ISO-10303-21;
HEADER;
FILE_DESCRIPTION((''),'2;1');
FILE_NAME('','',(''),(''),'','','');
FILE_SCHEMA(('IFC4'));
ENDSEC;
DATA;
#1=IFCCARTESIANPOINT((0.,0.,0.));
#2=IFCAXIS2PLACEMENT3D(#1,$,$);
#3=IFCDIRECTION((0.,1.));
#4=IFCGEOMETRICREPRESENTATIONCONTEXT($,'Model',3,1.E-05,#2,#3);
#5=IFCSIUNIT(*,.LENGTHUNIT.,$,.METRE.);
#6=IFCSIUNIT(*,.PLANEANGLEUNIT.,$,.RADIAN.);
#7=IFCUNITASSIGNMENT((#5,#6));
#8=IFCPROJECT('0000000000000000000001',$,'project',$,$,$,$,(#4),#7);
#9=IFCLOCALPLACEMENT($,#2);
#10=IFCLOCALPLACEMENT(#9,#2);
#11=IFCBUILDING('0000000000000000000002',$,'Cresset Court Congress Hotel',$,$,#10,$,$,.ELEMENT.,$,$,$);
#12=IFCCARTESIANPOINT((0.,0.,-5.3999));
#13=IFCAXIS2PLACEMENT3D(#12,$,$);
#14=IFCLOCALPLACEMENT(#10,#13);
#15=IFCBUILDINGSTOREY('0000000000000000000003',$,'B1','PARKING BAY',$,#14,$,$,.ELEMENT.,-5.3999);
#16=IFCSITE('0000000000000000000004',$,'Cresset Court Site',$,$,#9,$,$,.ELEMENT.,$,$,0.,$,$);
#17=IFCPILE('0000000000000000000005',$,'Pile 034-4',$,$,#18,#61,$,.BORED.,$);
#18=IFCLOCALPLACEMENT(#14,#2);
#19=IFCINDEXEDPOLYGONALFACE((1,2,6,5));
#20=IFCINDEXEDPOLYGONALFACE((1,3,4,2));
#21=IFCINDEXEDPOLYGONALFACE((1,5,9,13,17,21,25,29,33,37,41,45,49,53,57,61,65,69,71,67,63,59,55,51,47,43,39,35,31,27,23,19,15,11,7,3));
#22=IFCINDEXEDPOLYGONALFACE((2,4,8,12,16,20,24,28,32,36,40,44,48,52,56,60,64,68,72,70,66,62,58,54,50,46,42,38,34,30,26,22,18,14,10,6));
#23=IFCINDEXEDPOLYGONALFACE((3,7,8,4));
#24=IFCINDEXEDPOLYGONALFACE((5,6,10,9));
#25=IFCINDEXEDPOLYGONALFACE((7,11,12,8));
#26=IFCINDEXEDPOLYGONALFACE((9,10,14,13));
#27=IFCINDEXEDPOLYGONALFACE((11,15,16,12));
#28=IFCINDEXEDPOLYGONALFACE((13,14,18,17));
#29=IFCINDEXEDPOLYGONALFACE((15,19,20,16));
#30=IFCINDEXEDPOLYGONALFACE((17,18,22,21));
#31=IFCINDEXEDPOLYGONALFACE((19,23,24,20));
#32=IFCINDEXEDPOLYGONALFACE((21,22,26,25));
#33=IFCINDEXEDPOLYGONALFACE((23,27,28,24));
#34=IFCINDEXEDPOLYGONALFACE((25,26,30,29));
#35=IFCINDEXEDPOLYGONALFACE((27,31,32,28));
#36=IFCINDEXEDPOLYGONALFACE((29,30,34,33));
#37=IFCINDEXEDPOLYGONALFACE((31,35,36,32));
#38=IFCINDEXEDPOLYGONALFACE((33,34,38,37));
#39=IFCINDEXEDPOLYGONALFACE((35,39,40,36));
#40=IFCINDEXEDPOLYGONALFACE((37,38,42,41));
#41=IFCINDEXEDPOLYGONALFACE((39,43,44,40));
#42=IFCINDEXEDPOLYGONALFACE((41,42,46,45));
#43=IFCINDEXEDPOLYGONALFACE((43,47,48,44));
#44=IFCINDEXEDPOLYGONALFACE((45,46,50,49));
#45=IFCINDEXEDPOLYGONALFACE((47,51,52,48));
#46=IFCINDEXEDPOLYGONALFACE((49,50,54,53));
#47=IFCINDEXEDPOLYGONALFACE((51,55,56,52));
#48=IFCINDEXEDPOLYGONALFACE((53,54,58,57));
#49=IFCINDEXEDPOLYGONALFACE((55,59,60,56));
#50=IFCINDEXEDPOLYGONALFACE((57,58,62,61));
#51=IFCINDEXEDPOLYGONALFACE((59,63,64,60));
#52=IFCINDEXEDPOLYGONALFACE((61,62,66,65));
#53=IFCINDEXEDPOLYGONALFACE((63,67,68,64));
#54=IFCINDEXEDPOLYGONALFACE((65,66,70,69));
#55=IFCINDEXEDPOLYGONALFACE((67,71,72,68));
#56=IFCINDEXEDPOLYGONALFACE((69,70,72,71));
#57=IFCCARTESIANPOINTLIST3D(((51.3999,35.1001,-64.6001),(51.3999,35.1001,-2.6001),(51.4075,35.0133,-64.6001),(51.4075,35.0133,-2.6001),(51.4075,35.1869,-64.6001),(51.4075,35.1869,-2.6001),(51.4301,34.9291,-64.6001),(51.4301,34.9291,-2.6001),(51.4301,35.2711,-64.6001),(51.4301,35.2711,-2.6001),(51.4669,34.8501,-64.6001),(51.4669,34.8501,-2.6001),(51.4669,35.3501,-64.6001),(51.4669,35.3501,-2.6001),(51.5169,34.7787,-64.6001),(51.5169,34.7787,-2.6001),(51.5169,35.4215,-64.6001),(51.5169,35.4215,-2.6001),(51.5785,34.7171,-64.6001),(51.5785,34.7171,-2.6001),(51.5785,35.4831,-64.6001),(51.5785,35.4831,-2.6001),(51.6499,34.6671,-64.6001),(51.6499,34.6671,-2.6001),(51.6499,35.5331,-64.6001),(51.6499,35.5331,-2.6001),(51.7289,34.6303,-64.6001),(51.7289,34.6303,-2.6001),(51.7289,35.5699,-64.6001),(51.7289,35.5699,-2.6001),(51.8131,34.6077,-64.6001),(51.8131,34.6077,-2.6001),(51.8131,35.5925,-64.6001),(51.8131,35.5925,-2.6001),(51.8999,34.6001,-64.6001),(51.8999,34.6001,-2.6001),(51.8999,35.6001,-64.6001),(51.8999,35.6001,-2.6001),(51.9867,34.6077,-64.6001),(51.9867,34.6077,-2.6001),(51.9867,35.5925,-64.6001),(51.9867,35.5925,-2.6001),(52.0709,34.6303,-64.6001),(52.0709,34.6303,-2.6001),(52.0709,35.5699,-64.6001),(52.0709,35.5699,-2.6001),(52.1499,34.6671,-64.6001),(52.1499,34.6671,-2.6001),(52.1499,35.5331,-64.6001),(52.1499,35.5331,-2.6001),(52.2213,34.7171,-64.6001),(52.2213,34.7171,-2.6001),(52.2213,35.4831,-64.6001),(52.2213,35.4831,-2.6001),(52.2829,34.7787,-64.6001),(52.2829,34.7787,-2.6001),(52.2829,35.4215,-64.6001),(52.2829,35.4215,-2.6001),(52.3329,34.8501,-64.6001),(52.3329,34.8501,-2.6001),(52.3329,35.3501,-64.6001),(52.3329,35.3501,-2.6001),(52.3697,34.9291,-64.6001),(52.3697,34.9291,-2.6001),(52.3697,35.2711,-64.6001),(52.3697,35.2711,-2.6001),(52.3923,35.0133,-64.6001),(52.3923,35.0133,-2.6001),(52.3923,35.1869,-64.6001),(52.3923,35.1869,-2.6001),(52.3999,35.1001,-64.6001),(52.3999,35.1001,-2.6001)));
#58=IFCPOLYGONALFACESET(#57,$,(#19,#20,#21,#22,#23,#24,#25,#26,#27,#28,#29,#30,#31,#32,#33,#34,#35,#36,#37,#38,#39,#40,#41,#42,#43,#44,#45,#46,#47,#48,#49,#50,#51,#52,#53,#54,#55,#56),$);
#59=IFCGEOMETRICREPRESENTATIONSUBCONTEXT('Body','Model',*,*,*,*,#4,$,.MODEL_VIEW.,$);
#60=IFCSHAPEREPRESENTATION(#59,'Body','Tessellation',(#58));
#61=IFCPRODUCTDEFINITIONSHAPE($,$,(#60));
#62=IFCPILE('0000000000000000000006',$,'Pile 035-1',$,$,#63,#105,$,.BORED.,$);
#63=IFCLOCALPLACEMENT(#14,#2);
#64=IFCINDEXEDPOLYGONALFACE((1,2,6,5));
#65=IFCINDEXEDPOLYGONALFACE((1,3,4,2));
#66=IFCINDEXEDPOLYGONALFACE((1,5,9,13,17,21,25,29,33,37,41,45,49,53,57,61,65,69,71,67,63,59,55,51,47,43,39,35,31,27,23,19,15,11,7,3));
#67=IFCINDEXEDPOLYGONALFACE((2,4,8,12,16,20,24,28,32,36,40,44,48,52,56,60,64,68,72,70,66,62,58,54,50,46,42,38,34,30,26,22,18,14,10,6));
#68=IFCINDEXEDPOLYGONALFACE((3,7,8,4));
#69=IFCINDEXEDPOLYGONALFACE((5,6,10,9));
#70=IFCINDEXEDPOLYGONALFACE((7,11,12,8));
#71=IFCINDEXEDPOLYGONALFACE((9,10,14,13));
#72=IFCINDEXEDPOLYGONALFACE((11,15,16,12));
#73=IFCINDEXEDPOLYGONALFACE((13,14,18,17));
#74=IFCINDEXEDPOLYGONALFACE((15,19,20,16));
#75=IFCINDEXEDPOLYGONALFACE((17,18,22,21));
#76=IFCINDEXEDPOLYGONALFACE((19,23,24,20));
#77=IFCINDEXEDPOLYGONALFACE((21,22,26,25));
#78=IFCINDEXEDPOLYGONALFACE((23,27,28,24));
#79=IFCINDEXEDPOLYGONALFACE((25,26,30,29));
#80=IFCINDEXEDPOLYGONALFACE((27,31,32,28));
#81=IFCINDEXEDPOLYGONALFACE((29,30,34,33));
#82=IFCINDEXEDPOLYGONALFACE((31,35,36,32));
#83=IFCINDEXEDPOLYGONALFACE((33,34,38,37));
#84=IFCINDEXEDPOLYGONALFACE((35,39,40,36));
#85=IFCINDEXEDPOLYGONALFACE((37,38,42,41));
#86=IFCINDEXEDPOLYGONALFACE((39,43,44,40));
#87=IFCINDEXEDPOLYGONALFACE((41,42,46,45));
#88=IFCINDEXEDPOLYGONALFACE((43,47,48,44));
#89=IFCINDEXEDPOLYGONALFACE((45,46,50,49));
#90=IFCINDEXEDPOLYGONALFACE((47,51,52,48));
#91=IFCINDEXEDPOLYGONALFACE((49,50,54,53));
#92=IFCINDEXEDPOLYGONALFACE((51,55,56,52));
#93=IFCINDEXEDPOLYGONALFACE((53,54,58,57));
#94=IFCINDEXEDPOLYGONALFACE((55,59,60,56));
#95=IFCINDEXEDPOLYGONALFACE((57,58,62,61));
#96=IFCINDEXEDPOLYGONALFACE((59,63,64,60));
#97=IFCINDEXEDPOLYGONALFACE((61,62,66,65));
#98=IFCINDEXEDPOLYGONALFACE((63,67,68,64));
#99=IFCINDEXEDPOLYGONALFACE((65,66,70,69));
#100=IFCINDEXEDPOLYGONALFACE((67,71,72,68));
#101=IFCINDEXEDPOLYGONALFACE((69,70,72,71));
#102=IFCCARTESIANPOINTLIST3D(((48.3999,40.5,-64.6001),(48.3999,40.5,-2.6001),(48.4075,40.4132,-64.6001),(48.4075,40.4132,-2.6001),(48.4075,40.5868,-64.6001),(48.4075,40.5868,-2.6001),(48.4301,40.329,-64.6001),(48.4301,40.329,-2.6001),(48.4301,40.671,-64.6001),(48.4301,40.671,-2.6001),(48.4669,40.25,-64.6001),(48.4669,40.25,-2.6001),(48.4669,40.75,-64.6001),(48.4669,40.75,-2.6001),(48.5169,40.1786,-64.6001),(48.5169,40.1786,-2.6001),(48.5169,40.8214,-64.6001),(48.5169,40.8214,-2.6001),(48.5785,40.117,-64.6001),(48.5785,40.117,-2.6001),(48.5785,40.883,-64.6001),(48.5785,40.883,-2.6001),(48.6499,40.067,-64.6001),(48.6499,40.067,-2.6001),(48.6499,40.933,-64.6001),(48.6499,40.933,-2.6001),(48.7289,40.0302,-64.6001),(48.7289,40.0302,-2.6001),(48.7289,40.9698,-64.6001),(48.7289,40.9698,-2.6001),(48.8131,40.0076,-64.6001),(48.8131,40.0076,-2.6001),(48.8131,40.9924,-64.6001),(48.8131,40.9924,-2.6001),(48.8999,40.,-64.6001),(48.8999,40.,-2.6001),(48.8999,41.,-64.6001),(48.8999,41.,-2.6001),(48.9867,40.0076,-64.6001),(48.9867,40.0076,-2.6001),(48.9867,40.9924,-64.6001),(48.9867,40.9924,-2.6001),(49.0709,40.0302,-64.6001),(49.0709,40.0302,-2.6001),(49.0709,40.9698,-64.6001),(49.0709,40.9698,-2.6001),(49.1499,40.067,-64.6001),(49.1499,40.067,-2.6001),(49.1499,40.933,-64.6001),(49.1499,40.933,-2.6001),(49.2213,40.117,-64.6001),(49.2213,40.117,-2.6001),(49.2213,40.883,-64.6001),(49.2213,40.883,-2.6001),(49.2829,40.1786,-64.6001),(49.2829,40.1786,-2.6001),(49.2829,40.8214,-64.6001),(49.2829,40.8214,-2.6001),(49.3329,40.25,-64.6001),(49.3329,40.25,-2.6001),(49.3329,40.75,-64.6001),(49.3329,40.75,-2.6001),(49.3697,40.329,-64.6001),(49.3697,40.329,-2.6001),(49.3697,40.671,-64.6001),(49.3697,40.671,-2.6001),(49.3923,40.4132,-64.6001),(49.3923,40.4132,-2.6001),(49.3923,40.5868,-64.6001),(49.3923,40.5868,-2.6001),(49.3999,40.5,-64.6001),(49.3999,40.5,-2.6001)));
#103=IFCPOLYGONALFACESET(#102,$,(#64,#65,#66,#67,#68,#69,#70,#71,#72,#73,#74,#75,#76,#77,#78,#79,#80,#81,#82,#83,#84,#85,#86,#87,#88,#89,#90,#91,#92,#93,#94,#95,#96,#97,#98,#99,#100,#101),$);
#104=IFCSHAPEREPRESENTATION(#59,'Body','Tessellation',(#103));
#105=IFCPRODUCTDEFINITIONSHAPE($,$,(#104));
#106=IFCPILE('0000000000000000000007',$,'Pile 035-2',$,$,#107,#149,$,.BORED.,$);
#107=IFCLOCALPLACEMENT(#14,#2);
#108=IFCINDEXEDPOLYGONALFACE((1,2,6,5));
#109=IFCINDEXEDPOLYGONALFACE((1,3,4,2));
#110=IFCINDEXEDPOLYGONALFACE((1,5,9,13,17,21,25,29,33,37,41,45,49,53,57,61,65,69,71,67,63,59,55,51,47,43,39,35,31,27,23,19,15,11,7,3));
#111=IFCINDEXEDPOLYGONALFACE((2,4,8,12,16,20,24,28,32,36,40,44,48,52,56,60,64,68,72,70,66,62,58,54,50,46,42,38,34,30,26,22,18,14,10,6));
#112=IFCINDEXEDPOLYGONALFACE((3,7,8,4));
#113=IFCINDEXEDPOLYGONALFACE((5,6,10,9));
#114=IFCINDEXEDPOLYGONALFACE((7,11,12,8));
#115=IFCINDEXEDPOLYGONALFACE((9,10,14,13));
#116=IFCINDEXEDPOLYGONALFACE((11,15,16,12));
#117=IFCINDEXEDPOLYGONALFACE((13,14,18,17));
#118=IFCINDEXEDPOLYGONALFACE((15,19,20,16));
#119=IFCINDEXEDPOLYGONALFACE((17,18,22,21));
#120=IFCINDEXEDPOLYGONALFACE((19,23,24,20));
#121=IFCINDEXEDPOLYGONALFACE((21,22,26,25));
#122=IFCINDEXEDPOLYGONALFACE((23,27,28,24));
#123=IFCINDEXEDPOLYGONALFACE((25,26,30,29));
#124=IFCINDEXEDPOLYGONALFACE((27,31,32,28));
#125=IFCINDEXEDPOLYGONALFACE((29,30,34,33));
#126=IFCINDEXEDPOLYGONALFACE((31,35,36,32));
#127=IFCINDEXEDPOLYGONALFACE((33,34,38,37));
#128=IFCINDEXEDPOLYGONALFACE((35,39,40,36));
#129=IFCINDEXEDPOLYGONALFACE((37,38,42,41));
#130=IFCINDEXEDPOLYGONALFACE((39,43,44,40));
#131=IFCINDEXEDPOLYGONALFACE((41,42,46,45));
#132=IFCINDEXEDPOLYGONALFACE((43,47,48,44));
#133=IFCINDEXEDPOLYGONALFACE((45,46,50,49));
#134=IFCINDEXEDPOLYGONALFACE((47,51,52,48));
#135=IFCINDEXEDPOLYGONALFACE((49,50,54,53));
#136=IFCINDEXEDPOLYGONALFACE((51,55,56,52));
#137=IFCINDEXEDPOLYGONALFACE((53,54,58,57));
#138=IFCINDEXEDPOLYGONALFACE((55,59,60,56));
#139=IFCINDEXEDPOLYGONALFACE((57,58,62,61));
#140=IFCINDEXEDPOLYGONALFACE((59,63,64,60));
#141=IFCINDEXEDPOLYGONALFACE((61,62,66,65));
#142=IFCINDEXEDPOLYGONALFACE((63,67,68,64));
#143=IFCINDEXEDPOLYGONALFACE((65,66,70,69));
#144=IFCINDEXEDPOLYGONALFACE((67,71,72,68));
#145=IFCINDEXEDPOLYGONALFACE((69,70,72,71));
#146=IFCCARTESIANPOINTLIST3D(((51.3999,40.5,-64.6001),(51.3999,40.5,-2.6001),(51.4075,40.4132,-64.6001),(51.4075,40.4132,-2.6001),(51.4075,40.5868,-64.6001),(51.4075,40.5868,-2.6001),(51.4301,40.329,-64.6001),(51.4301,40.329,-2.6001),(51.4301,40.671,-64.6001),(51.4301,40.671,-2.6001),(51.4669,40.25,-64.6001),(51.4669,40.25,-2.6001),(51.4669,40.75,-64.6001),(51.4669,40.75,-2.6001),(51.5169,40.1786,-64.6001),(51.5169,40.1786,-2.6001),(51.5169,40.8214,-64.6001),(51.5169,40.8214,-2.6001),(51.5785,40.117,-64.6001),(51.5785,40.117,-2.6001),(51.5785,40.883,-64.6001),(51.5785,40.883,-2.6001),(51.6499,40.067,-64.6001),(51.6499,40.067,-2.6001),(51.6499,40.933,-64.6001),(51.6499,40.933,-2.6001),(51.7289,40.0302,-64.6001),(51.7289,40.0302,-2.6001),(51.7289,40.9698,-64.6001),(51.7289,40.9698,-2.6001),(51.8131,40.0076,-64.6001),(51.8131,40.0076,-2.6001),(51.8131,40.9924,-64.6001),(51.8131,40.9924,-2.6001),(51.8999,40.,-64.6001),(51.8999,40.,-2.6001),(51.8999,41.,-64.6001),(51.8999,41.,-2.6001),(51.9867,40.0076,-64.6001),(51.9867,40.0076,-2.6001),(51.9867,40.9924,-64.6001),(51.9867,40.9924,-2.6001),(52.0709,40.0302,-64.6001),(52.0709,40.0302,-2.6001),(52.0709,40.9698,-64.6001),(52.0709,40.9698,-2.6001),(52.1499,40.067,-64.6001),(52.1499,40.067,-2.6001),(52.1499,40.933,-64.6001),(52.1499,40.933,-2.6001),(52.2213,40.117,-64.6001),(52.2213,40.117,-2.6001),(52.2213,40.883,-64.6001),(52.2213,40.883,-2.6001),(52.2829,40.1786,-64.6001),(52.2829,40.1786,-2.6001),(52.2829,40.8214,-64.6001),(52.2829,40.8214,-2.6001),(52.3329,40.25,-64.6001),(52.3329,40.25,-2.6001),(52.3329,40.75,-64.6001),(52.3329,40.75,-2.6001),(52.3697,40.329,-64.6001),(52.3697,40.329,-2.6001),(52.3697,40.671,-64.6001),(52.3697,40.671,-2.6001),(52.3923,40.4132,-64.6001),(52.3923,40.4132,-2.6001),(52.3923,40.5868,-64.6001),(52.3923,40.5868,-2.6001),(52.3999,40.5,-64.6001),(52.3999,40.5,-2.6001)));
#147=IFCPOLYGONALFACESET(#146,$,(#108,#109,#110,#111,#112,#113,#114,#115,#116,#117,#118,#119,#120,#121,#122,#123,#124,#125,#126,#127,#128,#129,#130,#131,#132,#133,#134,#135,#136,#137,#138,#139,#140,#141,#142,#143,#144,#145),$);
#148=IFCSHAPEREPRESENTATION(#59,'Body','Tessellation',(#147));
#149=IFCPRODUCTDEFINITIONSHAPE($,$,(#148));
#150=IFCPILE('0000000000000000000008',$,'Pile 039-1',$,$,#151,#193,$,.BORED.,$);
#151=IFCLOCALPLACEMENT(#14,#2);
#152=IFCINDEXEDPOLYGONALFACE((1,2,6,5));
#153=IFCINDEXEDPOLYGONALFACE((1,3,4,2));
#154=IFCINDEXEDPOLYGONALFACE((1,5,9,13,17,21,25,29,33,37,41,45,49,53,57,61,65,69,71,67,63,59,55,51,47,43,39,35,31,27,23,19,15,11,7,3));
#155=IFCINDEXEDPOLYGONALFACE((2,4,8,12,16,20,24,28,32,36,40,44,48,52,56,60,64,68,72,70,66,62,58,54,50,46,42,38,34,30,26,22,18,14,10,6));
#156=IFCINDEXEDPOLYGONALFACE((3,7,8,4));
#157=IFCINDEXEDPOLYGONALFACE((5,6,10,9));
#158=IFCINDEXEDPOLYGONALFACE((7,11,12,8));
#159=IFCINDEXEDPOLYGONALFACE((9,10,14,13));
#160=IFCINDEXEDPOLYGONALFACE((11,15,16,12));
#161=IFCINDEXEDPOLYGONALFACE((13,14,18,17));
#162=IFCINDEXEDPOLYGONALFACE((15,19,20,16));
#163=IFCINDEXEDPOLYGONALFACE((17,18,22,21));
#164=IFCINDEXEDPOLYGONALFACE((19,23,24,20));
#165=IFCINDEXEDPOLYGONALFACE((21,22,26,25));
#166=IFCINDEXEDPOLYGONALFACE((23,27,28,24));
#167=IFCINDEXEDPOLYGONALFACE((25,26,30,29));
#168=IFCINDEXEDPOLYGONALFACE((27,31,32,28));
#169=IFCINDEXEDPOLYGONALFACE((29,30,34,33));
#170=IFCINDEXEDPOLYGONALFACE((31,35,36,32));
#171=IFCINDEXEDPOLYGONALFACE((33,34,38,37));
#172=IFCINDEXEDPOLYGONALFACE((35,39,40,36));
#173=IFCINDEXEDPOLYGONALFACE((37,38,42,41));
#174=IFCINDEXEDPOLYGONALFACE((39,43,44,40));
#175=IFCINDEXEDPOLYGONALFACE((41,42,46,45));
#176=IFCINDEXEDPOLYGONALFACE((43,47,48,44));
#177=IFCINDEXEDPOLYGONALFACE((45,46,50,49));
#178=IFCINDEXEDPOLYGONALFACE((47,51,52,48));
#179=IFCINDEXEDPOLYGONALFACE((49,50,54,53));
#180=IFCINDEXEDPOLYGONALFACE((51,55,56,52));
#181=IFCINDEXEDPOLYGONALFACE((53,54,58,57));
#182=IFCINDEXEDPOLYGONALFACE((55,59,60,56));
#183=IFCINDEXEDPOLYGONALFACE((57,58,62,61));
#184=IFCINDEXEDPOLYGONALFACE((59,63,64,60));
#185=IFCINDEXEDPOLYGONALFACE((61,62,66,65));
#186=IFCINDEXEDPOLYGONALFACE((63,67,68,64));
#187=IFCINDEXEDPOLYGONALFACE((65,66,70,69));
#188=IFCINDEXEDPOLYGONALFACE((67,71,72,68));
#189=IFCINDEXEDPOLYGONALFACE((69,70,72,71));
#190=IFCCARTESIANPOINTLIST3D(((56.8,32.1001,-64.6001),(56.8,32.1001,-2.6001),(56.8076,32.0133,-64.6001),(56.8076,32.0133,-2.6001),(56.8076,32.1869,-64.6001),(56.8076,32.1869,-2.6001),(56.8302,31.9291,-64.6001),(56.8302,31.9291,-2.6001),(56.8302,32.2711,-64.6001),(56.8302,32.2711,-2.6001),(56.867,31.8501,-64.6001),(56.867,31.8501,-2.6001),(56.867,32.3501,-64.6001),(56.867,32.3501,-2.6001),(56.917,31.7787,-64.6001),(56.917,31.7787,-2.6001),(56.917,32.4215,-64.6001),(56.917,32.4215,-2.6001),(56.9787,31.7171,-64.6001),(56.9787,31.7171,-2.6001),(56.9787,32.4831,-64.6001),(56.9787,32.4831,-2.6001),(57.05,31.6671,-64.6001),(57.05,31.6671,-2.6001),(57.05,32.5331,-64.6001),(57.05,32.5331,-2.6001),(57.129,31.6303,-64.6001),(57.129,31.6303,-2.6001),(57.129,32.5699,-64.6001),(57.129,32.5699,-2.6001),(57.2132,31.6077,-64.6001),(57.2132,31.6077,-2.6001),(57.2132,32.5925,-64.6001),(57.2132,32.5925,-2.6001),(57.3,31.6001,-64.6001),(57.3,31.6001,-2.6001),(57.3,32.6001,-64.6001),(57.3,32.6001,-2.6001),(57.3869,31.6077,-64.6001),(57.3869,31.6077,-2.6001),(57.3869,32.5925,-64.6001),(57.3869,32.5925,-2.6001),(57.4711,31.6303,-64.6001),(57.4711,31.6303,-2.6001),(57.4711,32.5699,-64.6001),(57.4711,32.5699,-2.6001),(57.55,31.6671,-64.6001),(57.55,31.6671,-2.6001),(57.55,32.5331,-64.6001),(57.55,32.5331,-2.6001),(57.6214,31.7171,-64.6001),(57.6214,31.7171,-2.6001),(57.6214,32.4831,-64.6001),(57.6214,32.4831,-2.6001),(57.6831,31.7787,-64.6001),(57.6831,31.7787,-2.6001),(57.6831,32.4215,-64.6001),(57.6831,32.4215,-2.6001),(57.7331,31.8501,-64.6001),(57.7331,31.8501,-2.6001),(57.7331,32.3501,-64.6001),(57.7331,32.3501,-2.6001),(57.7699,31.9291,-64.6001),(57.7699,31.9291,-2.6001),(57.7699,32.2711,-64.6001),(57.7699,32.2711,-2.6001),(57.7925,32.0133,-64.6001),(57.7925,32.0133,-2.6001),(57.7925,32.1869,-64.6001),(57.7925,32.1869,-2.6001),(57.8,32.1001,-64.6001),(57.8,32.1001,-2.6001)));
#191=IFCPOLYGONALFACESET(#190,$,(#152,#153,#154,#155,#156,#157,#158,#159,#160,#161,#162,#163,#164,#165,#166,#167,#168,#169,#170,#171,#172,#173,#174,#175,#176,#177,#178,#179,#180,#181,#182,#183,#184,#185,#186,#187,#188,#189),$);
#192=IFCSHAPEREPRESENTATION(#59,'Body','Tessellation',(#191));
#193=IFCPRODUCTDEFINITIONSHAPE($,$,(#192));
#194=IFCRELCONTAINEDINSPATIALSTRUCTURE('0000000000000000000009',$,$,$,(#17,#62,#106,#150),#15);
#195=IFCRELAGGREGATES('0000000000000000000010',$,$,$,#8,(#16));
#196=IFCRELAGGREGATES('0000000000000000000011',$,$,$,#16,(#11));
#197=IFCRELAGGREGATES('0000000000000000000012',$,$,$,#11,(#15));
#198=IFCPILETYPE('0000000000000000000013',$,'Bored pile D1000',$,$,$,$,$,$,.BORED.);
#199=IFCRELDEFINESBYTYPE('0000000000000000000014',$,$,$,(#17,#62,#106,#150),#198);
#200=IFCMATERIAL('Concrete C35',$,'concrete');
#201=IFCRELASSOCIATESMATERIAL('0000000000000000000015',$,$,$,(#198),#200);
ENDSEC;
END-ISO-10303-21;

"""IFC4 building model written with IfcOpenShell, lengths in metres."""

from ifc_helpers import new_model, si_unit, direction, frame, origin, origin_2d, place, context, subcontext, project, spatial, circle, extrude, material, type_object, element, save


model = new_model("IFC4")

# Units and contexts
model_context = context("Model", 3, precision=1e-05, world=origin(), true_north=direction((0.0, 1.0)))
body_context = subcontext(model_context, "Body", "Model", "MODEL_VIEW")
ifc_project = project(units=[si_unit("LENGTHUNIT", "METRE"), si_unit("PLANEANGLEUNIT", "RADIAN")], contexts=[model_context])

# Site, building, storey
site_placement = place(None, origin())
site = spatial("IfcSite", under=ifc_project, at=site_placement, Name="Cresset Court Site", CompositionType="ELEMENT", RefElevation=0.0)
building_placement = place(site_placement, origin())
building = spatial("IfcBuilding", under=site, at=building_placement, Name="Cresset Court Congress Hotel", CompositionType="ELEMENT")
storey_placement = place(building_placement, frame((0.0, 0.0, -5.3999)))
storey = spatial("IfcBuildingStorey", under=building, at=storey_placement, Name="B1", Description="PARKING BAY", CompositionType="ELEMENT", Elevation=-5.3999)

# Piles
ifc_material_1 = material(Name="Concrete C35", Category="concrete")
pile_type = type_object("IfcPileType", Name="Bored pile D1000", PredefinedType="BORED", material=ifc_material_1)
for number, where, z_axis, x_axis, name in (
    (1, (51.8999, 35.1001, -2.6001), (0.0, 0.0, -1.0), (1.0, 0.0, 0.0), "Pile 034-4"),
    (2, (48.8999, 40.5, -2.6001), (0.0, 0.0, -1.0), (1.0, 0.0, 0.0), "Pile 035-1"),
    (3, (51.8999, 40.5, -2.6001), (0.0, 0.0, -1.0), (1.0, 0.0, 0.0), "Pile 035-2"),
    (4, (57.3, 32.1001, -2.6001), (0.0, 0.0, -1.0), (1.0, 0.0, 0.0), "Pile 039-1"),
):
    element("IfcPile", number, at=place(storey_placement, frame(where, z_axis=z_axis, x_axis=x_axis)), inside=storey, type_object=pile_type, Name=name, PredefinedType="BORED", context=body_context, shape_type="SweptSolid", body=[
        extrude(circle(Radius=0.5, at=origin_2d()), origin(), (0.0, 0.0, 1.0), 62.0),
    ])

save(model, "model.ifc")
